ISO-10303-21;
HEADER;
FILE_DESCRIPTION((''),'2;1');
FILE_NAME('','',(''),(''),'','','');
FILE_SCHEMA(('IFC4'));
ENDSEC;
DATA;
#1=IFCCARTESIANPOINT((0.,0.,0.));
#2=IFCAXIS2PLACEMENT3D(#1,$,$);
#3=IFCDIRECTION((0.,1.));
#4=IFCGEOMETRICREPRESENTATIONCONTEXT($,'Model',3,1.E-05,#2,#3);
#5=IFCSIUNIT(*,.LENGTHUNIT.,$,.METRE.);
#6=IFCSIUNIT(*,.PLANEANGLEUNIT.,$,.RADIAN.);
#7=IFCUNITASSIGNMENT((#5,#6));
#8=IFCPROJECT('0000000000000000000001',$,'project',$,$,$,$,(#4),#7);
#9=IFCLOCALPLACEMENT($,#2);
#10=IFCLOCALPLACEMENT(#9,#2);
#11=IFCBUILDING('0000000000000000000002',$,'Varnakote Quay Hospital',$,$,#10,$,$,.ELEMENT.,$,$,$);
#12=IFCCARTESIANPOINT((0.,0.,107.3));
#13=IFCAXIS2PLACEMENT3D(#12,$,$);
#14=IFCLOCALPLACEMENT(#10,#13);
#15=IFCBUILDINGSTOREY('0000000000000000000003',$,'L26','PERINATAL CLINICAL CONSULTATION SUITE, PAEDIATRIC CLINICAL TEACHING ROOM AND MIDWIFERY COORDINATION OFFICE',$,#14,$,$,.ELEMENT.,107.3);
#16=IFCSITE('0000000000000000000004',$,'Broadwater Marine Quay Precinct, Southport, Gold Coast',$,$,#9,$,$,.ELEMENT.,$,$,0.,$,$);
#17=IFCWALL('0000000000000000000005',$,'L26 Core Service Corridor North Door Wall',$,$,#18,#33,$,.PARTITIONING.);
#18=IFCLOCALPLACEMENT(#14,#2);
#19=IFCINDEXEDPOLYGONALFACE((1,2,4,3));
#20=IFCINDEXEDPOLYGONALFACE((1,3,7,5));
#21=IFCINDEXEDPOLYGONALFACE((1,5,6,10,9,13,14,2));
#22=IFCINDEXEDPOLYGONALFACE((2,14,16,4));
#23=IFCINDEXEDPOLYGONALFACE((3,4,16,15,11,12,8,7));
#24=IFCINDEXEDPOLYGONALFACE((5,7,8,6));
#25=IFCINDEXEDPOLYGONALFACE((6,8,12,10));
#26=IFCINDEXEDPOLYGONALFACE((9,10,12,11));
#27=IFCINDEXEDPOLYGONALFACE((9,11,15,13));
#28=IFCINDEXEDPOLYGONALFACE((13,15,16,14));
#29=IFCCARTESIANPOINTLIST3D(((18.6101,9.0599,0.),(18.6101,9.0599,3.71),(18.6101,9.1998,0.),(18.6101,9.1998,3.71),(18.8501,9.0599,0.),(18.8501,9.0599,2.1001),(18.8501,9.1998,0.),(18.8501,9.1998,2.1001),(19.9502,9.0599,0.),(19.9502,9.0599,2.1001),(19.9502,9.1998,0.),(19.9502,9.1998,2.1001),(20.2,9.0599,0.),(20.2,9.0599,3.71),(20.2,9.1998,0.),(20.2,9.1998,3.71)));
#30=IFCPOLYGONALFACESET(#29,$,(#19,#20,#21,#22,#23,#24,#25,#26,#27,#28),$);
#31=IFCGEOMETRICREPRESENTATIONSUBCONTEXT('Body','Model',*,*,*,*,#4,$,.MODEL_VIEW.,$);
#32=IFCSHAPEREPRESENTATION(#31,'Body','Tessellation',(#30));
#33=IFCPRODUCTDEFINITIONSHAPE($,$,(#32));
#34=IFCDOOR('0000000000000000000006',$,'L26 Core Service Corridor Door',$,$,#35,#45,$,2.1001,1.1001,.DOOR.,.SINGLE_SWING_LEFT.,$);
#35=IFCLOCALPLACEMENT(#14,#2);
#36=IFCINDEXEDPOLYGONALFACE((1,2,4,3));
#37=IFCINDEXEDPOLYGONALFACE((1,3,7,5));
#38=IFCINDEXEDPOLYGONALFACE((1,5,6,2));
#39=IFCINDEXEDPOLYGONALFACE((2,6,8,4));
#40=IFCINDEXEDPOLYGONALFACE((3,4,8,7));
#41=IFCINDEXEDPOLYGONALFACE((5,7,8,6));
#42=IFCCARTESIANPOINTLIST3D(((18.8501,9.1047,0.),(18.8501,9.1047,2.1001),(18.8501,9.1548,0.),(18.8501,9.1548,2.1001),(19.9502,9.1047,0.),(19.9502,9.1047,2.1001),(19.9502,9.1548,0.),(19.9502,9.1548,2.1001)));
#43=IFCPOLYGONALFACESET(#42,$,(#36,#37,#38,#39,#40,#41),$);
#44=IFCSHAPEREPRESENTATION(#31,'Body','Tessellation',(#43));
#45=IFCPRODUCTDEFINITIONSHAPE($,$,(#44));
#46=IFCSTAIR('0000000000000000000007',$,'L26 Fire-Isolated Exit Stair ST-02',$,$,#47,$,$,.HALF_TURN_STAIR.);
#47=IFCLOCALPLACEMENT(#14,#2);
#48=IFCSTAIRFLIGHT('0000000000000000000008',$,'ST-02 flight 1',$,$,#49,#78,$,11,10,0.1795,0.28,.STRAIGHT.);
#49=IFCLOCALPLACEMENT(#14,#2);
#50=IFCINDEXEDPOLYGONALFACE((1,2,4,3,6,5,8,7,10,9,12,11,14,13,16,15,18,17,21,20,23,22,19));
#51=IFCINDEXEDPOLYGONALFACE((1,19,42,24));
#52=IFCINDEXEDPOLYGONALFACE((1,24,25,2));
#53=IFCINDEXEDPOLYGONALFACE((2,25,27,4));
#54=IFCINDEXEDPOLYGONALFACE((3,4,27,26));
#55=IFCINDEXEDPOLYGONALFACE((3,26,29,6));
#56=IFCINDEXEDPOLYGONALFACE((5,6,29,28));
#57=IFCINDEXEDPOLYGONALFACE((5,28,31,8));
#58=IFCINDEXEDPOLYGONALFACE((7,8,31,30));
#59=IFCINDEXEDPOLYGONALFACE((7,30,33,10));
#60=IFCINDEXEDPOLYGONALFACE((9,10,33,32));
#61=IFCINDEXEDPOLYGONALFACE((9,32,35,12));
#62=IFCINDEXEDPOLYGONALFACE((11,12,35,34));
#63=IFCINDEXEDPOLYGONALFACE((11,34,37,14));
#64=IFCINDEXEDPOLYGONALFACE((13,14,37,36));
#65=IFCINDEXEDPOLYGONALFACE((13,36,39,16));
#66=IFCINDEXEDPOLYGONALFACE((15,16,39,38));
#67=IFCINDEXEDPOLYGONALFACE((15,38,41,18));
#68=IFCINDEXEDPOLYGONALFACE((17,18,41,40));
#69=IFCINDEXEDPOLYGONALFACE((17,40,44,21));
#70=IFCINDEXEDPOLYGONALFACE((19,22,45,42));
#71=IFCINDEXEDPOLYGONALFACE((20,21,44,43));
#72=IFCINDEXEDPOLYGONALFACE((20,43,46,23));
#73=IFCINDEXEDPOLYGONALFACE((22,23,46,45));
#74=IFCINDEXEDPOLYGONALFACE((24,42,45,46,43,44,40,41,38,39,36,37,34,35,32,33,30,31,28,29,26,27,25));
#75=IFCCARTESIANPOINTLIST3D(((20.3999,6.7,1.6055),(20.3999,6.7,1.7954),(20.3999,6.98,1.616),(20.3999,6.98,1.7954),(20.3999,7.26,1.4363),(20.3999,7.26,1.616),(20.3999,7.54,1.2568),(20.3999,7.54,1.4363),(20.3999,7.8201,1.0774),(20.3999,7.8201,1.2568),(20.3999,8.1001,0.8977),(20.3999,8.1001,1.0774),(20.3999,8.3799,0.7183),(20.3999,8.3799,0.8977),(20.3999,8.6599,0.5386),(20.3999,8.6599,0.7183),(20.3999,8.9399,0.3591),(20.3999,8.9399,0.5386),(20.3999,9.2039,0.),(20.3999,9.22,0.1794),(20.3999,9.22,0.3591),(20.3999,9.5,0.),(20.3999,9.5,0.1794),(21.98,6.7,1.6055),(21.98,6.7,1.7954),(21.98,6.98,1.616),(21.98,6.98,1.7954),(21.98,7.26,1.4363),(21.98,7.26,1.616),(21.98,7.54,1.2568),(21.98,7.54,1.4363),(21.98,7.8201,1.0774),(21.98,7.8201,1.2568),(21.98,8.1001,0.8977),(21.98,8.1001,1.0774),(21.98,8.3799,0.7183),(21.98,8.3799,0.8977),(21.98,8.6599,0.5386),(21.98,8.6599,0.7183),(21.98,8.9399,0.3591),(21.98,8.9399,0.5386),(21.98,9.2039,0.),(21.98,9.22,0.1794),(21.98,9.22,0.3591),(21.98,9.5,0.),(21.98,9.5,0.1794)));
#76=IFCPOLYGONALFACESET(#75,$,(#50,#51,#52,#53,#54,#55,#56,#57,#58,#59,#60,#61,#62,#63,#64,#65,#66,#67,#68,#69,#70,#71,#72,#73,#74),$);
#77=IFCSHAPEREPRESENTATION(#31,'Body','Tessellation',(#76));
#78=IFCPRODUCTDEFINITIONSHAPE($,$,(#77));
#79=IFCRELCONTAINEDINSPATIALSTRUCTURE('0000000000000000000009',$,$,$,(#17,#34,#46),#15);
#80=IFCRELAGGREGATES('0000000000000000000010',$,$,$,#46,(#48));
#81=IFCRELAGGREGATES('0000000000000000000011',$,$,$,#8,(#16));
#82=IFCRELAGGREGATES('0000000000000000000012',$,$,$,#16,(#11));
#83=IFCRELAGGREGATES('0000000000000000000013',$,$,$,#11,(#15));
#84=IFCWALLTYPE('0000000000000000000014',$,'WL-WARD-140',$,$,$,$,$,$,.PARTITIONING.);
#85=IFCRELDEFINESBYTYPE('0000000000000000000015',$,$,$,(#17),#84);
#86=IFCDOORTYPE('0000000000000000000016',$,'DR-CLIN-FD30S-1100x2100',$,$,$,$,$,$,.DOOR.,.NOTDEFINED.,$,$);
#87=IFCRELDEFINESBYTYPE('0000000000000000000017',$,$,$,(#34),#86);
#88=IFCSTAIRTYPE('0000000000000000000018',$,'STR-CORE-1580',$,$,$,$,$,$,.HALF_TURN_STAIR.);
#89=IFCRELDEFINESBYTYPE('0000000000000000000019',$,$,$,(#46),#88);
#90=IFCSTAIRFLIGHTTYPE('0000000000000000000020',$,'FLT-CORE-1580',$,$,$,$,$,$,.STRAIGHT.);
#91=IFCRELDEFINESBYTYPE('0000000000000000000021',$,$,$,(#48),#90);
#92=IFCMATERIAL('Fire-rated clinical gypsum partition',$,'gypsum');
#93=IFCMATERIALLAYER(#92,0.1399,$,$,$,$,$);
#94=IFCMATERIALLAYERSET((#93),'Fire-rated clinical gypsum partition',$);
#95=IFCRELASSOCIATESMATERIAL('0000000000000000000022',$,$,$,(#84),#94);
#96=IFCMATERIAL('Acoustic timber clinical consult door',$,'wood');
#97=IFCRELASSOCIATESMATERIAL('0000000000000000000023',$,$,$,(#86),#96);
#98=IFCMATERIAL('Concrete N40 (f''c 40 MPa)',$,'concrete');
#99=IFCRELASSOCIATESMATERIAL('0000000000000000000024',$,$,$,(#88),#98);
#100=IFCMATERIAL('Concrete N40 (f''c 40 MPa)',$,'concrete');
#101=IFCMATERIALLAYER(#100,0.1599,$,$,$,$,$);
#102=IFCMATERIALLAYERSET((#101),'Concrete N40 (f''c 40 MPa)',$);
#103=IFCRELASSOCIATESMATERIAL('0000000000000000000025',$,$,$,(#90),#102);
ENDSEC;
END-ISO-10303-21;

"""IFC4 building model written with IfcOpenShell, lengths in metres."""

from ifc_helpers import new_model, si_unit, direction, frame, frame_2d, origin, place, context, subcontext, project, spatial, polyline, rectangle, outline, extrude, material, layer, layer_set, type_object, element, fill, aggregate, save


model = new_model("IFC4")

# Units and contexts
model_context = context("Model", 3, precision=1e-05, world=origin(), true_north=direction((0.0, 1.0)))
body_context = subcontext(model_context, "Body", "Model", "MODEL_VIEW")
ifc_project = project(units=[si_unit("LENGTHUNIT", "METRE"), si_unit("PLANEANGLEUNIT", "RADIAN")], contexts=[model_context])

# Site, building, storey
site_placement = place(None, origin())
site = spatial("IfcSite", under=ifc_project, at=site_placement, Name="Broadwater Marine Quay Precinct, Southport, Gold Coast", CompositionType="ELEMENT", RefElevation=0.0)
building_placement = place(site_placement, origin())
building = spatial("IfcBuilding", under=site, at=building_placement, Name="Varnakote Quay Hospital", CompositionType="ELEMENT")
storey_placement = place(building_placement, frame((0.0, 0.0, 107.3)))
storey = spatial("IfcBuildingStorey", under=building, at=storey_placement, Name="L26", Description="PERINATAL CLINICAL CONSULTATION SUITE, PAEDIATRIC CLINICAL TEACHING ROOM AND MIDWIFERY COORDINATION OFFICE", CompositionType="ELEMENT", Elevation=107.3)

# Wall, opening, door
ifc_material_1 = material(Name="Fire-rated clinical gypsum partition", Category="gypsum")
ifc_layer_1 = layer(ifc_material_1, 0.1399)
ifc_layer_set_1 = layer_set([ifc_layer_1], Name="Fire-rated clinical gypsum partition")
wall_type_1 = type_object("IfcWallType", Name="WL-WARD-140", PredefinedType="PARTITIONING", material=ifc_layer_set_1)
ifc_material_2 = material(Name="Acoustic timber clinical consult door", Category="wood")
door_type_1 = type_object("IfcDoorType", Name="DR-CLIN-FD30S-1100x2100", OperationType="NOTDEFINED", PredefinedType="DOOR", material=ifc_material_2)
wall_1_placement = place(storey_placement, frame((18.6101, 9.1299, 0.0), z_axis=(0.0, 0.0, 1.0), x_axis=(1.0, 0.0, 0.0)))
wall_1 = element("IfcWall", 1, at=wall_1_placement, inside=storey, type_object=wall_type_1, Name="L26 Core Service Corridor North Door Wall", PredefinedType="PARTITIONING", context=body_context, shape_type="SweptSolid", body=[
    extrude(rectangle(XDim=1.5898, YDim=0.1399, at=frame_2d((0.7949, 0.0))), origin(), (0.0, 0.0, 1.0), 3.71),
])
opening_1_placement = place(wall_1_placement, frame((0.24, 0.0, 0.0)))
opening_1 = element("IfcOpeningElement", 2, at=opening_1_placement, cuts=wall_1, PredefinedType="OPENING", context=body_context, shape_type="SweptSolid", body=[
    extrude(rectangle(XDim=1.1001, YDim=2.1001, at=frame_2d((0.55, 1.05))), frame((0.0, 0.0798, 0.0), z_axis=(0.0, -1.0, 0.0), x_axis=(1.0, 0.0, 0.0)), (0.0, 0.0, 1.0), 0.1599),
])
door_1_placement = place(opening_1_placement, origin())
door_1 = element("IfcDoor", 3, at=door_1_placement, inside=storey, type_object=door_type_1, Name="L26 Core Service Corridor Door", OperationType="SINGLE_SWING_LEFT", OverallHeight=2.1001, OverallWidth=1.1001, PredefinedType="DOOR", context=body_context, shape_type="SweptSolid", body=[
    extrude(rectangle(XDim=1.1001, YDim=2.1001, at=frame_2d((0.55, 1.05))), frame((0.0, 0.0249, 0.0), z_axis=(0.0, -1.0, 0.0), x_axis=(1.0, 0.0, 0.0)), (0.0, 0.0, 1.0), 0.05),
])
fill(opening_1, door_1)

# Stair, stair flight
ifc_material_3 = material(Name="Concrete N40 (f'c 40 MPa)", Category="concrete")
stair_type = type_object("IfcStairType", Name="STR-CORE-1580", PredefinedType="HALF_TURN_STAIR", material=ifc_material_3)
stair_placement = place(storey_placement, origin())
stair = element("IfcStair", 4, at=stair_placement, inside=storey, type_object=stair_type, Name="L26 Fire-Isolated Exit Stair ST-02", PredefinedType="HALF_TURN_STAIR")
ifc_material_4 = material(Name="Concrete N40 (f'c 40 MPa)", Category="concrete")
ifc_layer_2 = layer(ifc_material_4, 0.1599)
ifc_layer_set_2 = layer_set([ifc_layer_2], Name="Concrete N40 (f'c 40 MPa)")
stair_flight_type = type_object("IfcStairFlightType", Name="FLT-CORE-1580", PredefinedType="STRAIGHT", material=ifc_layer_set_2)
stair_flight_placement = place(storey_placement, frame((21.1899, 9.5, 0.0), z_axis=(0.0, 0.0, 1.0), x_axis=(0.0, -1.0, 0.0)))
stair_flight = element("IfcStairFlight", 5, at=stair_flight_placement, type_object=stair_flight_type, Name="ST-02 flight 1", NumberOfRisers=11, NumberOfTreads=10, PredefinedType="STRAIGHT", RiserHeight=0.1795, TreadLength=0.28, context=body_context, shape_type="SweptSolid", body=[
    extrude(outline(polyline([(0.0, 0.0), (0.0, 0.1794), (0.28, 0.1794), (0.28, 0.3591), (0.5601, 0.3591), (0.5601, 0.5386), (0.8401, 0.5386), (0.8401, 0.7183), (1.1201, 0.7183), (1.1201, 0.8977), (1.3999, 0.8977), (1.3999, 1.0774), (1.6799, 1.0774), (1.6799, 1.2568), (1.96, 1.2568), (1.96, 1.4363), (2.24, 1.4363), (2.24, 1.616), (2.52, 1.616), (2.52, 1.7954), (2.8, 1.7954), (2.8, 1.9751), (2.8, 1.6055), (0.2961, 0.0), (0.0, 0.0)])), frame((0.0, 0.79, 0.0), z_axis=(0.0, -1.0, 0.0), x_axis=(1.0, 0.0, 0.0)), (0.0, 0.0, 1.0), 1.5801),
])
aggregate(stair, [stair_flight])

save(model, "model.ifc")
